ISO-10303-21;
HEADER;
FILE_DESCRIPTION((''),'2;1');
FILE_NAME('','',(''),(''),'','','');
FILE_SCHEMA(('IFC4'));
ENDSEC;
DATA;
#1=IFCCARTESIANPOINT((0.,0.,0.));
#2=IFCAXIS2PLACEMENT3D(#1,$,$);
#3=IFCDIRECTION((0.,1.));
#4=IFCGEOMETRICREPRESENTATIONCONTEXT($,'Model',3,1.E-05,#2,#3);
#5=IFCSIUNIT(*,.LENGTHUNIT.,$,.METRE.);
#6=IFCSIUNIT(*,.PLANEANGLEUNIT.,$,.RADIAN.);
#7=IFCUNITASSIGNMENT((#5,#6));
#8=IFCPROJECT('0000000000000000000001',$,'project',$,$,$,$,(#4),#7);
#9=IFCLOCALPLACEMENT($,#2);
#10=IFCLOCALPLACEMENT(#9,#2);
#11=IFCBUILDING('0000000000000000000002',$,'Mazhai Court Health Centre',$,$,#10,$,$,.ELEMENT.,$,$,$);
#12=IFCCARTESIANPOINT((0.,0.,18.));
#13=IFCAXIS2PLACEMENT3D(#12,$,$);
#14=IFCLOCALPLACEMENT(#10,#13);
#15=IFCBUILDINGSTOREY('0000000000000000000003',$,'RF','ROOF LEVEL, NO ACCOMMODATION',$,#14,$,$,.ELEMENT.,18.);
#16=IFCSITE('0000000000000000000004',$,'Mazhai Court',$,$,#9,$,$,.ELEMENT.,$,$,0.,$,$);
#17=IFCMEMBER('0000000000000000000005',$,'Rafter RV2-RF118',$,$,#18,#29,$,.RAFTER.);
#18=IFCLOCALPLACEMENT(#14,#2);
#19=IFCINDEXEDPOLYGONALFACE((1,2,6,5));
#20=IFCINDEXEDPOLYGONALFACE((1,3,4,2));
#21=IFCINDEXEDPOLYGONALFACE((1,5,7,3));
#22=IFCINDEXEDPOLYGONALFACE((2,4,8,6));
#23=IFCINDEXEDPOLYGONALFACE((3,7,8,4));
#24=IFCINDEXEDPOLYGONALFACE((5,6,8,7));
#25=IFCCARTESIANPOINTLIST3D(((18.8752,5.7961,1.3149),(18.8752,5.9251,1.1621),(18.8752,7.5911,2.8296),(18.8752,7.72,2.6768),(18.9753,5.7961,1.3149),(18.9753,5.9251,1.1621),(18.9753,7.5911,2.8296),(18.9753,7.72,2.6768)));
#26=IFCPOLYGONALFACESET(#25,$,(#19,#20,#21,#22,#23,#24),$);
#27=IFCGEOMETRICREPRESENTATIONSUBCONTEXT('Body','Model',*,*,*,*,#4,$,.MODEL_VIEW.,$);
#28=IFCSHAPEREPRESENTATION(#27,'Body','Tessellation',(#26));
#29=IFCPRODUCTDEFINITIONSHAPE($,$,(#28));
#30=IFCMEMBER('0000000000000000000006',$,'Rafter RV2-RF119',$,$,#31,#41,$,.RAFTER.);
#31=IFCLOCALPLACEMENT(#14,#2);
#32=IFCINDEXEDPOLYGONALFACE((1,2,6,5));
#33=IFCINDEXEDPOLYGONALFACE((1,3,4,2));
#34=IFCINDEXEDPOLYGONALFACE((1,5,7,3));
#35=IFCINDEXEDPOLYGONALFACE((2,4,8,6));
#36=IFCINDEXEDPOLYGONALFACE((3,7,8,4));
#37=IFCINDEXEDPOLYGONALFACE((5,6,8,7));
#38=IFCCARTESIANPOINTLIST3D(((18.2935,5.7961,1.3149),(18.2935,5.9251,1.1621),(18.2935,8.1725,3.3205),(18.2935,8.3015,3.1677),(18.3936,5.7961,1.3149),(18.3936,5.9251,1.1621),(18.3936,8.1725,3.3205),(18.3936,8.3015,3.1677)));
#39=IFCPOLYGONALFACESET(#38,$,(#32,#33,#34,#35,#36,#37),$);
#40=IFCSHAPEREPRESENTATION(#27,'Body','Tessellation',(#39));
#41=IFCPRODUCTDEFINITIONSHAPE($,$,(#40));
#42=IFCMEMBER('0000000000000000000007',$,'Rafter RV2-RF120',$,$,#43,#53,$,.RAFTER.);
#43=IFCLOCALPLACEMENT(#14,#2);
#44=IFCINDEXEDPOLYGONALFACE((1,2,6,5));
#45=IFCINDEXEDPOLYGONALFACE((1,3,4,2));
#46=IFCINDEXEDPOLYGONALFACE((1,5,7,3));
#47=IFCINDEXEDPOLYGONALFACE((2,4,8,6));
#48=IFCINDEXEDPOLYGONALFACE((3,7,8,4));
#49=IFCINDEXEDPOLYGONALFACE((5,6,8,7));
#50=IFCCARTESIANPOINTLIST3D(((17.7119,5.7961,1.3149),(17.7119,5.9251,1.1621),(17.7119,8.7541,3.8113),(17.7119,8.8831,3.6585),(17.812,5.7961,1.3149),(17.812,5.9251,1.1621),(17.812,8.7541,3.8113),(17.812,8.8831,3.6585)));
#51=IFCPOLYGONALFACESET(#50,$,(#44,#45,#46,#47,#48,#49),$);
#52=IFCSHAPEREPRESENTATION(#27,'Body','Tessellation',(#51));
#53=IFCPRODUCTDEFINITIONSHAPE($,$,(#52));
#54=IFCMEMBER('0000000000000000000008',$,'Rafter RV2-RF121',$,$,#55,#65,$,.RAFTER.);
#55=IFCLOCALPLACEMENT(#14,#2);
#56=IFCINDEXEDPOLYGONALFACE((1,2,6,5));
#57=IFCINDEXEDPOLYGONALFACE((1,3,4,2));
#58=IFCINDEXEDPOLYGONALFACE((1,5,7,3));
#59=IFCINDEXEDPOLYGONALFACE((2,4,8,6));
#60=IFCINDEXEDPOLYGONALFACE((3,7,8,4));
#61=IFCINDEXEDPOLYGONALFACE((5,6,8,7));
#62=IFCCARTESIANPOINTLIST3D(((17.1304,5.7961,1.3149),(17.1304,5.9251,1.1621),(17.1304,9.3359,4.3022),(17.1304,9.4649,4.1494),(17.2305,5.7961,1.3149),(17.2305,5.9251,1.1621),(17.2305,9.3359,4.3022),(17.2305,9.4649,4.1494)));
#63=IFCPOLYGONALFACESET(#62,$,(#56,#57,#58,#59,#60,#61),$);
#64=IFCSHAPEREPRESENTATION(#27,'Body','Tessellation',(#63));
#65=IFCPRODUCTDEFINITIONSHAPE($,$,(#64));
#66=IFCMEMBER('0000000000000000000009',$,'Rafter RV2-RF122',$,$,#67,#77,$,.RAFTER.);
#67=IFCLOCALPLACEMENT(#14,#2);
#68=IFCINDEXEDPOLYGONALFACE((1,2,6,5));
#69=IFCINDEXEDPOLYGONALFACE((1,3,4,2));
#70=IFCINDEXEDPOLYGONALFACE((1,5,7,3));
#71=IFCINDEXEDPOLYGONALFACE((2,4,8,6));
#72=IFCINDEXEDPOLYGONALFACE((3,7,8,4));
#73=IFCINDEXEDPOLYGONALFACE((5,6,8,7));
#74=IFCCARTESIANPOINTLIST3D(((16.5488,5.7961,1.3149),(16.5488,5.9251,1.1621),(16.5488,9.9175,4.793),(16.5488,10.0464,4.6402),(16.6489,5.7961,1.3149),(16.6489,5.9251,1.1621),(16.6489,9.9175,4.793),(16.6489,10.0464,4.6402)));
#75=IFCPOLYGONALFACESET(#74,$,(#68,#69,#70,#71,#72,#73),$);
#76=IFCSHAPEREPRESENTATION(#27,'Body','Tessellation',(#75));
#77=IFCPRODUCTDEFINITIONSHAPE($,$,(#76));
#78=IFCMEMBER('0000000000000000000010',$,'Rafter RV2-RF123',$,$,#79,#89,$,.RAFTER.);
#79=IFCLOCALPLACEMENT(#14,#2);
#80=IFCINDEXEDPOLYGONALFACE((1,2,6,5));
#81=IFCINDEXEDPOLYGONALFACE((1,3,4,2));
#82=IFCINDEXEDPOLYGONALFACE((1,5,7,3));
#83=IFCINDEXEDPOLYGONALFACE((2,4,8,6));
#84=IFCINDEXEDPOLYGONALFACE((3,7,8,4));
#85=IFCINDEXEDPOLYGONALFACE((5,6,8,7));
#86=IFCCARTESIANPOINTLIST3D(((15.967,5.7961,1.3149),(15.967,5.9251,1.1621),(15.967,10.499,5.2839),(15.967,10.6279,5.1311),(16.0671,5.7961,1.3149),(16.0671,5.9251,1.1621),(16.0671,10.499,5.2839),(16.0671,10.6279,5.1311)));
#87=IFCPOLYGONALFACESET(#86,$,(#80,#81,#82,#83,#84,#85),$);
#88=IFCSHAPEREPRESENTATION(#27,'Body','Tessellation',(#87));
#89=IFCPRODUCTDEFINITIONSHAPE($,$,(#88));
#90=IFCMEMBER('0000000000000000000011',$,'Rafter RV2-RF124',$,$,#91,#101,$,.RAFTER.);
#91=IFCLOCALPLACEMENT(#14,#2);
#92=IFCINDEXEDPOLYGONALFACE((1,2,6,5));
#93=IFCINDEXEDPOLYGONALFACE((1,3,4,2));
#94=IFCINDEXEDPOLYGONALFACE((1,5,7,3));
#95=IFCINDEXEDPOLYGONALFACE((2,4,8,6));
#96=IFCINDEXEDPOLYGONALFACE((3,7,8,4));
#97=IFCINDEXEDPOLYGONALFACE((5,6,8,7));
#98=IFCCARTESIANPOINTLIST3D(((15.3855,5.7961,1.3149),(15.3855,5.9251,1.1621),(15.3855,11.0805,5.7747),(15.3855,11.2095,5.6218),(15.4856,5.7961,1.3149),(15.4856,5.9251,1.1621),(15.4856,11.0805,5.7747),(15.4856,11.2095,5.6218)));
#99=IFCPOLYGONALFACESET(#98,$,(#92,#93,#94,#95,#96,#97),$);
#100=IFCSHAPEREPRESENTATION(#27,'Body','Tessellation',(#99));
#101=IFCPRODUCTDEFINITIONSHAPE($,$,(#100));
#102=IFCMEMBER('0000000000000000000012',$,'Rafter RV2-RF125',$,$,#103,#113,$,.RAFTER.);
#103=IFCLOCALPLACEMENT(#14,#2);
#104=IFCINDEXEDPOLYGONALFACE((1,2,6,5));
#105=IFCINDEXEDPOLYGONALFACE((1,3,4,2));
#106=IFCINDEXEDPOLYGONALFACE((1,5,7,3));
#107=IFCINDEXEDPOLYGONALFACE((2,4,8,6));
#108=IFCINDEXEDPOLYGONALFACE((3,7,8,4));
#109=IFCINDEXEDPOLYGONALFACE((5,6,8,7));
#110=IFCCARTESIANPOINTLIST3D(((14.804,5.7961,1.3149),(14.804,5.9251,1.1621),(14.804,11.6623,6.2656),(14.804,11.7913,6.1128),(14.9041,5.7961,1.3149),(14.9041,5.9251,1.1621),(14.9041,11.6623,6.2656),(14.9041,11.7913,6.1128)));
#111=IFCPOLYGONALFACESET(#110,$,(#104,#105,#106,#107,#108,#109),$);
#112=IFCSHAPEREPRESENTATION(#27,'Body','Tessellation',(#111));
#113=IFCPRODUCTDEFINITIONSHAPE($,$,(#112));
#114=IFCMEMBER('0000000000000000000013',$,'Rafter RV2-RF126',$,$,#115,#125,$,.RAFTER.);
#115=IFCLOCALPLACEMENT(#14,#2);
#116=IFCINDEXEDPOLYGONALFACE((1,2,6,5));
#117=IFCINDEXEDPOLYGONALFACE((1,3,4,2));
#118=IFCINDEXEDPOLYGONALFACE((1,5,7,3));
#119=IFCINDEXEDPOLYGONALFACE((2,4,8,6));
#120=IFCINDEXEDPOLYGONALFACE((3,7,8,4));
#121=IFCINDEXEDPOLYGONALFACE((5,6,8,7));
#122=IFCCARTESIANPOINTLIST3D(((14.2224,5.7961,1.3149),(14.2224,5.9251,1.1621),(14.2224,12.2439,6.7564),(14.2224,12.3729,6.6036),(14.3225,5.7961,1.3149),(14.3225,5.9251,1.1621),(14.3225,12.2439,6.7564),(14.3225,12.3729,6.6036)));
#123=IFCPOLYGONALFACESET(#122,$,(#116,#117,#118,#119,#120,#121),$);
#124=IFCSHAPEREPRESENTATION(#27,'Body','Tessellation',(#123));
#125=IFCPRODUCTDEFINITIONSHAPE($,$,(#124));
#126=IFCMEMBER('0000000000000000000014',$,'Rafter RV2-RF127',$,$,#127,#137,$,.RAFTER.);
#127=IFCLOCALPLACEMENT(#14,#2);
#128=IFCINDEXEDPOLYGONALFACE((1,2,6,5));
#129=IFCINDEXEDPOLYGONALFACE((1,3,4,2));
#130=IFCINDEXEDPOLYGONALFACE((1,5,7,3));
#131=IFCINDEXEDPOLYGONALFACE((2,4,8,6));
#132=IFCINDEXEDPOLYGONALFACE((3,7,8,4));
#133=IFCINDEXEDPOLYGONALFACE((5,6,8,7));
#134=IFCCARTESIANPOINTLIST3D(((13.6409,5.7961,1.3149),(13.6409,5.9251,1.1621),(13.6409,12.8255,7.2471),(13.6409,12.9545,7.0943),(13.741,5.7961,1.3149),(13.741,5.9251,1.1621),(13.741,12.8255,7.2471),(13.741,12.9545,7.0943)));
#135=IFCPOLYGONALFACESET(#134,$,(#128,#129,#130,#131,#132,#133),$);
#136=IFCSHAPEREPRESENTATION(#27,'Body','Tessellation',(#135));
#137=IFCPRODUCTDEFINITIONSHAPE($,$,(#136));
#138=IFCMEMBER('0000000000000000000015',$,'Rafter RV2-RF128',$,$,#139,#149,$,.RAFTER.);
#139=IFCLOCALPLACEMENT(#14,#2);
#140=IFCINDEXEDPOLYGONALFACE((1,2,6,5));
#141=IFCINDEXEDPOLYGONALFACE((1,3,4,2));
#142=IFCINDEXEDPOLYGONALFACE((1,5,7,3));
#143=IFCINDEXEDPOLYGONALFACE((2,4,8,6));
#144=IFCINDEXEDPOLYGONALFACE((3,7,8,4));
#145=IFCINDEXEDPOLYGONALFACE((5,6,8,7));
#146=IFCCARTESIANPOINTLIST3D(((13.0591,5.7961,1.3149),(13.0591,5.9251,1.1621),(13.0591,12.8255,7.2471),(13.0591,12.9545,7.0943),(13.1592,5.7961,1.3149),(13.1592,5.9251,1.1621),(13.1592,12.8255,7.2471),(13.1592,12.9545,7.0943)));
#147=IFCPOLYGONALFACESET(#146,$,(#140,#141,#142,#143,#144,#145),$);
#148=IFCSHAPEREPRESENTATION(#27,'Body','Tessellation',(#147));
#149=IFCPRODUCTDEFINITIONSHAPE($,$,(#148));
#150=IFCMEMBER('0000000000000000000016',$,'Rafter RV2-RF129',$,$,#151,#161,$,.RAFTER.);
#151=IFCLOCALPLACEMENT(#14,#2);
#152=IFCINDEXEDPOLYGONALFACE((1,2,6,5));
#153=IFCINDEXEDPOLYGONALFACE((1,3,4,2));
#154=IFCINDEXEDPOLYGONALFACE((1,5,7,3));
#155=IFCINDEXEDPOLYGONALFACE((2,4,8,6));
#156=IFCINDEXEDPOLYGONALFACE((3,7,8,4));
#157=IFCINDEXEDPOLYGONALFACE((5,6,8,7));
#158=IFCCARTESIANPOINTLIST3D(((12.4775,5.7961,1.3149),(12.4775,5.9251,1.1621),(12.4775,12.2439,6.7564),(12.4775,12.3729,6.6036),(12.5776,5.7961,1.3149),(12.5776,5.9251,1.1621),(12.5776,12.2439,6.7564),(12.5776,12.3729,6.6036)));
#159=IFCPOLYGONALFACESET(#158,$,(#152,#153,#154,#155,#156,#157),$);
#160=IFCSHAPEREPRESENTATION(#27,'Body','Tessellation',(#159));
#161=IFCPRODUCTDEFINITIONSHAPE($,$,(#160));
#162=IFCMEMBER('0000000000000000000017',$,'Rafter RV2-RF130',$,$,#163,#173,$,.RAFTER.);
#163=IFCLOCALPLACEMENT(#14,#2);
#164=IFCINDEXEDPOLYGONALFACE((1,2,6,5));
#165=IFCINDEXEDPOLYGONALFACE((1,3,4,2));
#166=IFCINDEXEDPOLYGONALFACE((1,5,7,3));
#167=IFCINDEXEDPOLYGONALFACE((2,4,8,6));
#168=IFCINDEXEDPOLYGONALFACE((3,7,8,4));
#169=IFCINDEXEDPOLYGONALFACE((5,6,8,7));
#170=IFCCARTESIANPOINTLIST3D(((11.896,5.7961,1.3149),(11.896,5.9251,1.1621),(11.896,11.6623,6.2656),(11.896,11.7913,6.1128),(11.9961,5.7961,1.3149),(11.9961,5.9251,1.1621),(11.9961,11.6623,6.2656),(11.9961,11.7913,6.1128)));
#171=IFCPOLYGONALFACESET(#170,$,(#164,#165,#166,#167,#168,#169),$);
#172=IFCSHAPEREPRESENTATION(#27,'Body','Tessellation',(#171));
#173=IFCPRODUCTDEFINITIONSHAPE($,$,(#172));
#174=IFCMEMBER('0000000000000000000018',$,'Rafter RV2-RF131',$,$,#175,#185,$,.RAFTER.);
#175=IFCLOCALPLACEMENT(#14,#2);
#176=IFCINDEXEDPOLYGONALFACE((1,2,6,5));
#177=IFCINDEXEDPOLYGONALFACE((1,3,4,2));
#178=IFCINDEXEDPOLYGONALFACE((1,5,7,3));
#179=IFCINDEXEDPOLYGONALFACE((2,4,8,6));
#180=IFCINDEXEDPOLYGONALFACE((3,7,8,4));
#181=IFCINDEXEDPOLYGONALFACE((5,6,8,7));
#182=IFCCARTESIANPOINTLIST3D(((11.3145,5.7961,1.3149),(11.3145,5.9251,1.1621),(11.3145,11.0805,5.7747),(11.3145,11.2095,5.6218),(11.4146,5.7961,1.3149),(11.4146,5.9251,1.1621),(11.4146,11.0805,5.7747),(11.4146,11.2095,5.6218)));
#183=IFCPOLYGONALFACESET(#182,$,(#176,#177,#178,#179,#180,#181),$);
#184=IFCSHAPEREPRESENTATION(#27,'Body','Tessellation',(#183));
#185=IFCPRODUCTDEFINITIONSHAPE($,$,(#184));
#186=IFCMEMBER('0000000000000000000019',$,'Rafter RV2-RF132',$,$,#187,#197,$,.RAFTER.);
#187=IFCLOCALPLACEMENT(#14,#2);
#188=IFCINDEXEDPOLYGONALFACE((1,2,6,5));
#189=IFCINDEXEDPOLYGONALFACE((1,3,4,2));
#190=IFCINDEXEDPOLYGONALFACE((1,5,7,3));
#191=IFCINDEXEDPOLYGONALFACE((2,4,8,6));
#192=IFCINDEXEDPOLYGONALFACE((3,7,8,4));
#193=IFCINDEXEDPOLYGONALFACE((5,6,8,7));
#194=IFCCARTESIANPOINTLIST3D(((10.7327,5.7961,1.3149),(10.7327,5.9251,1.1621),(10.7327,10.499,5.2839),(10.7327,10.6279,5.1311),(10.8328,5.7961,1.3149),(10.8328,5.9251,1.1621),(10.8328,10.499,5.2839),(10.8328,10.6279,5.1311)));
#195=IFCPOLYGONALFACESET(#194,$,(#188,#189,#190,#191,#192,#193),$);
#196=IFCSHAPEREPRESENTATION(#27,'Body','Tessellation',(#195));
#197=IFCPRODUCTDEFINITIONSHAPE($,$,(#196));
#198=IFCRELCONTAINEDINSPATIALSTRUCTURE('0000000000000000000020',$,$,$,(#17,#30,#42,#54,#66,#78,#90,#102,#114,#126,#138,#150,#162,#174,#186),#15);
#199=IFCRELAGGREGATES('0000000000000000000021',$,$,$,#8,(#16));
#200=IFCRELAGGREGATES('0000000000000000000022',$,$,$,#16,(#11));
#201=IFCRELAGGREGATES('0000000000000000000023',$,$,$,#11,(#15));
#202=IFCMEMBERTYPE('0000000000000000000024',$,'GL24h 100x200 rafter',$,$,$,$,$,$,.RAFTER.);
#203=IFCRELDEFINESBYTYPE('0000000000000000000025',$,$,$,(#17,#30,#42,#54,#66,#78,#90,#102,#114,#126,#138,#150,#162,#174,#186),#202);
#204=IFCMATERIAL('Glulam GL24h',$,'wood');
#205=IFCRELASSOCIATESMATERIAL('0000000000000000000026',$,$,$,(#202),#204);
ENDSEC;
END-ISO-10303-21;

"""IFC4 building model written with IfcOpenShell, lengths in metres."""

from ifc_helpers import new_model, si_unit, direction, frame, origin, origin_2d, place, context, subcontext, project, spatial, rectangle, extrude, material, material_profile, profile_set, type_object, element, save


model = new_model("IFC4")

# Units and contexts
model_context = context("Model", 3, precision=1e-05, world=origin(), true_north=direction((0.0, 1.0)))
body_context = subcontext(model_context, "Body", "Model", "MODEL_VIEW")
ifc_project = project(units=[si_unit("LENGTHUNIT", "METRE"), si_unit("PLANEANGLEUNIT", "RADIAN")], contexts=[model_context])

# Site, building, storey
site_placement = place(None, origin())
site = spatial("IfcSite", under=ifc_project, at=site_placement, Name="Mazhai Court", CompositionType="ELEMENT", RefElevation=0.0)
building_placement = place(site_placement, origin())
building = spatial("IfcBuilding", under=site, at=building_placement, Name="Mazhai Court Health Centre", CompositionType="ELEMENT")
storey_placement = place(building_placement, frame((0.0, 0.0, 18.0)))
storey = spatial("IfcBuildingStorey", under=building, at=storey_placement, Name="RF", Description="ROOF LEVEL, NO ACCOMMODATION", CompositionType="ELEMENT", Elevation=18.0)

# Members
ifc_material_1 = material(Name="Glulam GL24h", Category="wood")
ifc_material_profile_1 = material_profile(ifc_material_1, rectangle(XDim=0.1001, YDim=0.2, at=origin_2d()), Name="GL24h 100x200")
ifc_profile_set_1 = profile_set([ifc_material_profile_1], Name="Glulam GL24h")
member_type_1 = type_object("IfcMemberType", Name="GL24h 100x200 rafter", PredefinedType="RAFTER", material=ifc_profile_set_1)
member_1_placement = place(storey_placement, frame((18.9253, 5.8606, 1.2385), z_axis=(0.0, 0.764253, 0.644916), x_axis=(-1.0, 0.0, 0.0)))
element("IfcMember", 1, at=member_1_placement, inside=storey, type_object=member_type_1, Name="Rafter RV2-RF118", PredefinedType="RAFTER", context=body_context, shape_type="SweptSolid", body=[
    extrude(rectangle(XDim=0.1001, YDim=0.2, at=origin_2d()), origin(), (0.0, 0.0, 1.0), 2.3486),
])
member_2_placement = place(storey_placement, frame((18.3435, 5.8606, 1.2385), z_axis=(0.0, 0.764217, 0.64496), x_axis=(-1.0, 0.0, 0.0)))
element("IfcMember", 2, at=member_2_placement, inside=storey, type_object=member_type_1, Name="Rafter RV2-RF119", PredefinedType="RAFTER", context=body_context, shape_type="SweptSolid", body=[
    extrude(rectangle(XDim=0.1001, YDim=0.2, at=origin_2d()), origin(), (0.0, 0.0, 1.0), 3.1096),
])
member_3_placement = place(storey_placement, frame((17.762, 5.8606, 1.2385), z_axis=(0.0, 0.764225, 0.644949), x_axis=(-1.0, 0.0, 0.0)))
element("IfcMember", 3, at=member_3_placement, inside=storey, type_object=member_type_1, Name="Rafter RV2-RF120", PredefinedType="RAFTER", context=body_context, shape_type="SweptSolid", body=[
    extrude(rectangle(XDim=0.1001, YDim=0.2, at=origin_2d()), origin(), (0.0, 0.0, 1.0), 3.8706),
])
member_4_placement = place(storey_placement, frame((17.1804, 5.8606, 1.2385), z_axis=(0.0, 0.764227, 0.644947), x_axis=(-1.0, 0.0, 0.0)))
element("IfcMember", 4, at=member_4_placement, inside=storey, type_object=member_type_1, Name="Rafter RV2-RF121", PredefinedType="RAFTER", context=body_context, shape_type="SweptSolid", body=[
    extrude(rectangle(XDim=0.1001, YDim=0.2, at=origin_2d()), origin(), (0.0, 0.0, 1.0), 4.6318),
])
member_5_placement = place(storey_placement, frame((16.5989, 5.8606, 1.2385), z_axis=(0.0, 0.764232, 0.644941), x_axis=(-1.0, 0.0, 0.0)))
element("IfcMember", 5, at=member_5_placement, inside=storey, type_object=member_type_1, Name="Rafter RV2-RF122", PredefinedType="RAFTER", context=body_context, shape_type="SweptSolid", body=[
    extrude(rectangle(XDim=0.1001, YDim=0.2, at=origin_2d()), origin(), (0.0, 0.0, 1.0), 5.3928),
])
member_6_placement = place(storey_placement, frame((16.0171, 5.8606, 1.2385), z_axis=(0.0, 0.764216, 0.64496), x_axis=(-1.0, 0.0, 0.0)))
element("IfcMember", 6, at=member_6_placement, inside=storey, type_object=member_type_1, Name="Rafter RV2-RF123", PredefinedType="RAFTER", context=body_context, shape_type="SweptSolid", body=[
    extrude(rectangle(XDim=0.1001, YDim=0.2, at=origin_2d()), origin(), (0.0, 0.0, 1.0), 6.1538),
])
member_7_placement = place(storey_placement, frame((15.4355, 5.8606, 1.2385), z_axis=(0.0, 0.764221, 0.644954), x_axis=(-1.0, 0.0, 0.0)))
element("IfcMember", 7, at=member_7_placement, inside=storey, type_object=member_type_1, Name="Rafter RV2-RF124", PredefinedType="RAFTER", context=body_context, shape_type="SweptSolid", body=[
    extrude(rectangle(XDim=0.1001, YDim=0.2, at=origin_2d()), origin(), (0.0, 0.0, 1.0), 6.9148),
])
member_8_placement = place(storey_placement, frame((14.854, 5.8606, 1.2385), z_axis=(0.0, 0.764223, 0.644952), x_axis=(-1.0, 0.0, 0.0)))
element("IfcMember", 8, at=member_8_placement, inside=storey, type_object=member_type_1, Name="Rafter RV2-RF125", PredefinedType="RAFTER", context=body_context, shape_type="SweptSolid", body=[
    extrude(rectangle(XDim=0.1001, YDim=0.2, at=origin_2d()), origin(), (0.0, 0.0, 1.0), 7.676),
])
member_9_placement = place(storey_placement, frame((14.2725, 5.8606, 1.2385), z_axis=(0.0, 0.764226, 0.644948), x_axis=(-1.0, 0.0, 0.0)))
element("IfcMember", 9, at=member_9_placement, inside=storey, type_object=member_type_1, Name="Rafter RV2-RF126", PredefinedType="RAFTER", context=body_context, shape_type="SweptSolid", body=[
    extrude(rectangle(XDim=0.1001, YDim=0.2, at=origin_2d()), origin(), (0.0, 0.0, 1.0), 8.437),
])
for number, where, z_axis, x_axis, name in (
    (10, (13.6909, 5.8606, 1.2385), (0.0, 0.764229, 0.644945), (-1.0, 0.0, 0.0), "Rafter RV2-RF127"),
    (11, (13.1091, 5.8606, 1.2385), (0.0, 0.764229, 0.644945), (-1.0, 0.0, 0.0), "Rafter RV2-RF128"),
):
    element("IfcMember", number, at=place(storey_placement, frame(where, z_axis=z_axis, x_axis=x_axis)), inside=storey, type_object=member_type_1, Name=name, PredefinedType="RAFTER", context=body_context, shape_type="SweptSolid", body=[
        extrude(rectangle(XDim=0.1001, YDim=0.2, at=origin_2d()), origin(), (0.0, 0.0, 1.0), 9.198),
    ])
member_10_placement = place(storey_placement, frame((12.5276, 5.8606, 1.2385), z_axis=(0.0, 0.764226, 0.644948), x_axis=(-1.0, 0.0, 0.0)))
element("IfcMember", 12, at=member_10_placement, inside=storey, type_object=member_type_1, Name="Rafter RV2-RF129", PredefinedType="RAFTER", context=body_context, shape_type="SweptSolid", body=[
    extrude(rectangle(XDim=0.1001, YDim=0.2, at=origin_2d()), origin(), (0.0, 0.0, 1.0), 8.437),
])
member_11_placement = place(storey_placement, frame((11.946, 5.8606, 1.2385), z_axis=(0.0, 0.764223, 0.644952), x_axis=(-1.0, 0.0, 0.0)))
element("IfcMember", 13, at=member_11_placement, inside=storey, type_object=member_type_1, Name="Rafter RV2-RF130", PredefinedType="RAFTER", context=body_context, shape_type="SweptSolid", body=[
    extrude(rectangle(XDim=0.1001, YDim=0.2, at=origin_2d()), origin(), (0.0, 0.0, 1.0), 7.676),
])
member_12_placement = place(storey_placement, frame((11.3645, 5.8606, 1.2385), z_axis=(0.0, 0.764221, 0.644954), x_axis=(-1.0, 0.0, 0.0)))
element("IfcMember", 14, at=member_12_placement, inside=storey, type_object=member_type_1, Name="Rafter RV2-RF131", PredefinedType="RAFTER", context=body_context, shape_type="SweptSolid", body=[
    extrude(rectangle(XDim=0.1001, YDim=0.2, at=origin_2d()), origin(), (0.0, 0.0, 1.0), 6.9148),
])
member_13_placement = place(storey_placement, frame((10.7827, 5.8606, 1.2385), z_axis=(0.0, 0.764216, 0.64496), x_axis=(-1.0, 0.0, 0.0)))
element("IfcMember", 15, at=member_13_placement, inside=storey, type_object=member_type_1, Name="Rafter RV2-RF132", PredefinedType="RAFTER", context=body_context, shape_type="SweptSolid", body=[
    extrude(rectangle(XDim=0.1001, YDim=0.2, at=origin_2d()), origin(), (0.0, 0.0, 1.0), 6.1538),
])

save(model, "model.ifc")
